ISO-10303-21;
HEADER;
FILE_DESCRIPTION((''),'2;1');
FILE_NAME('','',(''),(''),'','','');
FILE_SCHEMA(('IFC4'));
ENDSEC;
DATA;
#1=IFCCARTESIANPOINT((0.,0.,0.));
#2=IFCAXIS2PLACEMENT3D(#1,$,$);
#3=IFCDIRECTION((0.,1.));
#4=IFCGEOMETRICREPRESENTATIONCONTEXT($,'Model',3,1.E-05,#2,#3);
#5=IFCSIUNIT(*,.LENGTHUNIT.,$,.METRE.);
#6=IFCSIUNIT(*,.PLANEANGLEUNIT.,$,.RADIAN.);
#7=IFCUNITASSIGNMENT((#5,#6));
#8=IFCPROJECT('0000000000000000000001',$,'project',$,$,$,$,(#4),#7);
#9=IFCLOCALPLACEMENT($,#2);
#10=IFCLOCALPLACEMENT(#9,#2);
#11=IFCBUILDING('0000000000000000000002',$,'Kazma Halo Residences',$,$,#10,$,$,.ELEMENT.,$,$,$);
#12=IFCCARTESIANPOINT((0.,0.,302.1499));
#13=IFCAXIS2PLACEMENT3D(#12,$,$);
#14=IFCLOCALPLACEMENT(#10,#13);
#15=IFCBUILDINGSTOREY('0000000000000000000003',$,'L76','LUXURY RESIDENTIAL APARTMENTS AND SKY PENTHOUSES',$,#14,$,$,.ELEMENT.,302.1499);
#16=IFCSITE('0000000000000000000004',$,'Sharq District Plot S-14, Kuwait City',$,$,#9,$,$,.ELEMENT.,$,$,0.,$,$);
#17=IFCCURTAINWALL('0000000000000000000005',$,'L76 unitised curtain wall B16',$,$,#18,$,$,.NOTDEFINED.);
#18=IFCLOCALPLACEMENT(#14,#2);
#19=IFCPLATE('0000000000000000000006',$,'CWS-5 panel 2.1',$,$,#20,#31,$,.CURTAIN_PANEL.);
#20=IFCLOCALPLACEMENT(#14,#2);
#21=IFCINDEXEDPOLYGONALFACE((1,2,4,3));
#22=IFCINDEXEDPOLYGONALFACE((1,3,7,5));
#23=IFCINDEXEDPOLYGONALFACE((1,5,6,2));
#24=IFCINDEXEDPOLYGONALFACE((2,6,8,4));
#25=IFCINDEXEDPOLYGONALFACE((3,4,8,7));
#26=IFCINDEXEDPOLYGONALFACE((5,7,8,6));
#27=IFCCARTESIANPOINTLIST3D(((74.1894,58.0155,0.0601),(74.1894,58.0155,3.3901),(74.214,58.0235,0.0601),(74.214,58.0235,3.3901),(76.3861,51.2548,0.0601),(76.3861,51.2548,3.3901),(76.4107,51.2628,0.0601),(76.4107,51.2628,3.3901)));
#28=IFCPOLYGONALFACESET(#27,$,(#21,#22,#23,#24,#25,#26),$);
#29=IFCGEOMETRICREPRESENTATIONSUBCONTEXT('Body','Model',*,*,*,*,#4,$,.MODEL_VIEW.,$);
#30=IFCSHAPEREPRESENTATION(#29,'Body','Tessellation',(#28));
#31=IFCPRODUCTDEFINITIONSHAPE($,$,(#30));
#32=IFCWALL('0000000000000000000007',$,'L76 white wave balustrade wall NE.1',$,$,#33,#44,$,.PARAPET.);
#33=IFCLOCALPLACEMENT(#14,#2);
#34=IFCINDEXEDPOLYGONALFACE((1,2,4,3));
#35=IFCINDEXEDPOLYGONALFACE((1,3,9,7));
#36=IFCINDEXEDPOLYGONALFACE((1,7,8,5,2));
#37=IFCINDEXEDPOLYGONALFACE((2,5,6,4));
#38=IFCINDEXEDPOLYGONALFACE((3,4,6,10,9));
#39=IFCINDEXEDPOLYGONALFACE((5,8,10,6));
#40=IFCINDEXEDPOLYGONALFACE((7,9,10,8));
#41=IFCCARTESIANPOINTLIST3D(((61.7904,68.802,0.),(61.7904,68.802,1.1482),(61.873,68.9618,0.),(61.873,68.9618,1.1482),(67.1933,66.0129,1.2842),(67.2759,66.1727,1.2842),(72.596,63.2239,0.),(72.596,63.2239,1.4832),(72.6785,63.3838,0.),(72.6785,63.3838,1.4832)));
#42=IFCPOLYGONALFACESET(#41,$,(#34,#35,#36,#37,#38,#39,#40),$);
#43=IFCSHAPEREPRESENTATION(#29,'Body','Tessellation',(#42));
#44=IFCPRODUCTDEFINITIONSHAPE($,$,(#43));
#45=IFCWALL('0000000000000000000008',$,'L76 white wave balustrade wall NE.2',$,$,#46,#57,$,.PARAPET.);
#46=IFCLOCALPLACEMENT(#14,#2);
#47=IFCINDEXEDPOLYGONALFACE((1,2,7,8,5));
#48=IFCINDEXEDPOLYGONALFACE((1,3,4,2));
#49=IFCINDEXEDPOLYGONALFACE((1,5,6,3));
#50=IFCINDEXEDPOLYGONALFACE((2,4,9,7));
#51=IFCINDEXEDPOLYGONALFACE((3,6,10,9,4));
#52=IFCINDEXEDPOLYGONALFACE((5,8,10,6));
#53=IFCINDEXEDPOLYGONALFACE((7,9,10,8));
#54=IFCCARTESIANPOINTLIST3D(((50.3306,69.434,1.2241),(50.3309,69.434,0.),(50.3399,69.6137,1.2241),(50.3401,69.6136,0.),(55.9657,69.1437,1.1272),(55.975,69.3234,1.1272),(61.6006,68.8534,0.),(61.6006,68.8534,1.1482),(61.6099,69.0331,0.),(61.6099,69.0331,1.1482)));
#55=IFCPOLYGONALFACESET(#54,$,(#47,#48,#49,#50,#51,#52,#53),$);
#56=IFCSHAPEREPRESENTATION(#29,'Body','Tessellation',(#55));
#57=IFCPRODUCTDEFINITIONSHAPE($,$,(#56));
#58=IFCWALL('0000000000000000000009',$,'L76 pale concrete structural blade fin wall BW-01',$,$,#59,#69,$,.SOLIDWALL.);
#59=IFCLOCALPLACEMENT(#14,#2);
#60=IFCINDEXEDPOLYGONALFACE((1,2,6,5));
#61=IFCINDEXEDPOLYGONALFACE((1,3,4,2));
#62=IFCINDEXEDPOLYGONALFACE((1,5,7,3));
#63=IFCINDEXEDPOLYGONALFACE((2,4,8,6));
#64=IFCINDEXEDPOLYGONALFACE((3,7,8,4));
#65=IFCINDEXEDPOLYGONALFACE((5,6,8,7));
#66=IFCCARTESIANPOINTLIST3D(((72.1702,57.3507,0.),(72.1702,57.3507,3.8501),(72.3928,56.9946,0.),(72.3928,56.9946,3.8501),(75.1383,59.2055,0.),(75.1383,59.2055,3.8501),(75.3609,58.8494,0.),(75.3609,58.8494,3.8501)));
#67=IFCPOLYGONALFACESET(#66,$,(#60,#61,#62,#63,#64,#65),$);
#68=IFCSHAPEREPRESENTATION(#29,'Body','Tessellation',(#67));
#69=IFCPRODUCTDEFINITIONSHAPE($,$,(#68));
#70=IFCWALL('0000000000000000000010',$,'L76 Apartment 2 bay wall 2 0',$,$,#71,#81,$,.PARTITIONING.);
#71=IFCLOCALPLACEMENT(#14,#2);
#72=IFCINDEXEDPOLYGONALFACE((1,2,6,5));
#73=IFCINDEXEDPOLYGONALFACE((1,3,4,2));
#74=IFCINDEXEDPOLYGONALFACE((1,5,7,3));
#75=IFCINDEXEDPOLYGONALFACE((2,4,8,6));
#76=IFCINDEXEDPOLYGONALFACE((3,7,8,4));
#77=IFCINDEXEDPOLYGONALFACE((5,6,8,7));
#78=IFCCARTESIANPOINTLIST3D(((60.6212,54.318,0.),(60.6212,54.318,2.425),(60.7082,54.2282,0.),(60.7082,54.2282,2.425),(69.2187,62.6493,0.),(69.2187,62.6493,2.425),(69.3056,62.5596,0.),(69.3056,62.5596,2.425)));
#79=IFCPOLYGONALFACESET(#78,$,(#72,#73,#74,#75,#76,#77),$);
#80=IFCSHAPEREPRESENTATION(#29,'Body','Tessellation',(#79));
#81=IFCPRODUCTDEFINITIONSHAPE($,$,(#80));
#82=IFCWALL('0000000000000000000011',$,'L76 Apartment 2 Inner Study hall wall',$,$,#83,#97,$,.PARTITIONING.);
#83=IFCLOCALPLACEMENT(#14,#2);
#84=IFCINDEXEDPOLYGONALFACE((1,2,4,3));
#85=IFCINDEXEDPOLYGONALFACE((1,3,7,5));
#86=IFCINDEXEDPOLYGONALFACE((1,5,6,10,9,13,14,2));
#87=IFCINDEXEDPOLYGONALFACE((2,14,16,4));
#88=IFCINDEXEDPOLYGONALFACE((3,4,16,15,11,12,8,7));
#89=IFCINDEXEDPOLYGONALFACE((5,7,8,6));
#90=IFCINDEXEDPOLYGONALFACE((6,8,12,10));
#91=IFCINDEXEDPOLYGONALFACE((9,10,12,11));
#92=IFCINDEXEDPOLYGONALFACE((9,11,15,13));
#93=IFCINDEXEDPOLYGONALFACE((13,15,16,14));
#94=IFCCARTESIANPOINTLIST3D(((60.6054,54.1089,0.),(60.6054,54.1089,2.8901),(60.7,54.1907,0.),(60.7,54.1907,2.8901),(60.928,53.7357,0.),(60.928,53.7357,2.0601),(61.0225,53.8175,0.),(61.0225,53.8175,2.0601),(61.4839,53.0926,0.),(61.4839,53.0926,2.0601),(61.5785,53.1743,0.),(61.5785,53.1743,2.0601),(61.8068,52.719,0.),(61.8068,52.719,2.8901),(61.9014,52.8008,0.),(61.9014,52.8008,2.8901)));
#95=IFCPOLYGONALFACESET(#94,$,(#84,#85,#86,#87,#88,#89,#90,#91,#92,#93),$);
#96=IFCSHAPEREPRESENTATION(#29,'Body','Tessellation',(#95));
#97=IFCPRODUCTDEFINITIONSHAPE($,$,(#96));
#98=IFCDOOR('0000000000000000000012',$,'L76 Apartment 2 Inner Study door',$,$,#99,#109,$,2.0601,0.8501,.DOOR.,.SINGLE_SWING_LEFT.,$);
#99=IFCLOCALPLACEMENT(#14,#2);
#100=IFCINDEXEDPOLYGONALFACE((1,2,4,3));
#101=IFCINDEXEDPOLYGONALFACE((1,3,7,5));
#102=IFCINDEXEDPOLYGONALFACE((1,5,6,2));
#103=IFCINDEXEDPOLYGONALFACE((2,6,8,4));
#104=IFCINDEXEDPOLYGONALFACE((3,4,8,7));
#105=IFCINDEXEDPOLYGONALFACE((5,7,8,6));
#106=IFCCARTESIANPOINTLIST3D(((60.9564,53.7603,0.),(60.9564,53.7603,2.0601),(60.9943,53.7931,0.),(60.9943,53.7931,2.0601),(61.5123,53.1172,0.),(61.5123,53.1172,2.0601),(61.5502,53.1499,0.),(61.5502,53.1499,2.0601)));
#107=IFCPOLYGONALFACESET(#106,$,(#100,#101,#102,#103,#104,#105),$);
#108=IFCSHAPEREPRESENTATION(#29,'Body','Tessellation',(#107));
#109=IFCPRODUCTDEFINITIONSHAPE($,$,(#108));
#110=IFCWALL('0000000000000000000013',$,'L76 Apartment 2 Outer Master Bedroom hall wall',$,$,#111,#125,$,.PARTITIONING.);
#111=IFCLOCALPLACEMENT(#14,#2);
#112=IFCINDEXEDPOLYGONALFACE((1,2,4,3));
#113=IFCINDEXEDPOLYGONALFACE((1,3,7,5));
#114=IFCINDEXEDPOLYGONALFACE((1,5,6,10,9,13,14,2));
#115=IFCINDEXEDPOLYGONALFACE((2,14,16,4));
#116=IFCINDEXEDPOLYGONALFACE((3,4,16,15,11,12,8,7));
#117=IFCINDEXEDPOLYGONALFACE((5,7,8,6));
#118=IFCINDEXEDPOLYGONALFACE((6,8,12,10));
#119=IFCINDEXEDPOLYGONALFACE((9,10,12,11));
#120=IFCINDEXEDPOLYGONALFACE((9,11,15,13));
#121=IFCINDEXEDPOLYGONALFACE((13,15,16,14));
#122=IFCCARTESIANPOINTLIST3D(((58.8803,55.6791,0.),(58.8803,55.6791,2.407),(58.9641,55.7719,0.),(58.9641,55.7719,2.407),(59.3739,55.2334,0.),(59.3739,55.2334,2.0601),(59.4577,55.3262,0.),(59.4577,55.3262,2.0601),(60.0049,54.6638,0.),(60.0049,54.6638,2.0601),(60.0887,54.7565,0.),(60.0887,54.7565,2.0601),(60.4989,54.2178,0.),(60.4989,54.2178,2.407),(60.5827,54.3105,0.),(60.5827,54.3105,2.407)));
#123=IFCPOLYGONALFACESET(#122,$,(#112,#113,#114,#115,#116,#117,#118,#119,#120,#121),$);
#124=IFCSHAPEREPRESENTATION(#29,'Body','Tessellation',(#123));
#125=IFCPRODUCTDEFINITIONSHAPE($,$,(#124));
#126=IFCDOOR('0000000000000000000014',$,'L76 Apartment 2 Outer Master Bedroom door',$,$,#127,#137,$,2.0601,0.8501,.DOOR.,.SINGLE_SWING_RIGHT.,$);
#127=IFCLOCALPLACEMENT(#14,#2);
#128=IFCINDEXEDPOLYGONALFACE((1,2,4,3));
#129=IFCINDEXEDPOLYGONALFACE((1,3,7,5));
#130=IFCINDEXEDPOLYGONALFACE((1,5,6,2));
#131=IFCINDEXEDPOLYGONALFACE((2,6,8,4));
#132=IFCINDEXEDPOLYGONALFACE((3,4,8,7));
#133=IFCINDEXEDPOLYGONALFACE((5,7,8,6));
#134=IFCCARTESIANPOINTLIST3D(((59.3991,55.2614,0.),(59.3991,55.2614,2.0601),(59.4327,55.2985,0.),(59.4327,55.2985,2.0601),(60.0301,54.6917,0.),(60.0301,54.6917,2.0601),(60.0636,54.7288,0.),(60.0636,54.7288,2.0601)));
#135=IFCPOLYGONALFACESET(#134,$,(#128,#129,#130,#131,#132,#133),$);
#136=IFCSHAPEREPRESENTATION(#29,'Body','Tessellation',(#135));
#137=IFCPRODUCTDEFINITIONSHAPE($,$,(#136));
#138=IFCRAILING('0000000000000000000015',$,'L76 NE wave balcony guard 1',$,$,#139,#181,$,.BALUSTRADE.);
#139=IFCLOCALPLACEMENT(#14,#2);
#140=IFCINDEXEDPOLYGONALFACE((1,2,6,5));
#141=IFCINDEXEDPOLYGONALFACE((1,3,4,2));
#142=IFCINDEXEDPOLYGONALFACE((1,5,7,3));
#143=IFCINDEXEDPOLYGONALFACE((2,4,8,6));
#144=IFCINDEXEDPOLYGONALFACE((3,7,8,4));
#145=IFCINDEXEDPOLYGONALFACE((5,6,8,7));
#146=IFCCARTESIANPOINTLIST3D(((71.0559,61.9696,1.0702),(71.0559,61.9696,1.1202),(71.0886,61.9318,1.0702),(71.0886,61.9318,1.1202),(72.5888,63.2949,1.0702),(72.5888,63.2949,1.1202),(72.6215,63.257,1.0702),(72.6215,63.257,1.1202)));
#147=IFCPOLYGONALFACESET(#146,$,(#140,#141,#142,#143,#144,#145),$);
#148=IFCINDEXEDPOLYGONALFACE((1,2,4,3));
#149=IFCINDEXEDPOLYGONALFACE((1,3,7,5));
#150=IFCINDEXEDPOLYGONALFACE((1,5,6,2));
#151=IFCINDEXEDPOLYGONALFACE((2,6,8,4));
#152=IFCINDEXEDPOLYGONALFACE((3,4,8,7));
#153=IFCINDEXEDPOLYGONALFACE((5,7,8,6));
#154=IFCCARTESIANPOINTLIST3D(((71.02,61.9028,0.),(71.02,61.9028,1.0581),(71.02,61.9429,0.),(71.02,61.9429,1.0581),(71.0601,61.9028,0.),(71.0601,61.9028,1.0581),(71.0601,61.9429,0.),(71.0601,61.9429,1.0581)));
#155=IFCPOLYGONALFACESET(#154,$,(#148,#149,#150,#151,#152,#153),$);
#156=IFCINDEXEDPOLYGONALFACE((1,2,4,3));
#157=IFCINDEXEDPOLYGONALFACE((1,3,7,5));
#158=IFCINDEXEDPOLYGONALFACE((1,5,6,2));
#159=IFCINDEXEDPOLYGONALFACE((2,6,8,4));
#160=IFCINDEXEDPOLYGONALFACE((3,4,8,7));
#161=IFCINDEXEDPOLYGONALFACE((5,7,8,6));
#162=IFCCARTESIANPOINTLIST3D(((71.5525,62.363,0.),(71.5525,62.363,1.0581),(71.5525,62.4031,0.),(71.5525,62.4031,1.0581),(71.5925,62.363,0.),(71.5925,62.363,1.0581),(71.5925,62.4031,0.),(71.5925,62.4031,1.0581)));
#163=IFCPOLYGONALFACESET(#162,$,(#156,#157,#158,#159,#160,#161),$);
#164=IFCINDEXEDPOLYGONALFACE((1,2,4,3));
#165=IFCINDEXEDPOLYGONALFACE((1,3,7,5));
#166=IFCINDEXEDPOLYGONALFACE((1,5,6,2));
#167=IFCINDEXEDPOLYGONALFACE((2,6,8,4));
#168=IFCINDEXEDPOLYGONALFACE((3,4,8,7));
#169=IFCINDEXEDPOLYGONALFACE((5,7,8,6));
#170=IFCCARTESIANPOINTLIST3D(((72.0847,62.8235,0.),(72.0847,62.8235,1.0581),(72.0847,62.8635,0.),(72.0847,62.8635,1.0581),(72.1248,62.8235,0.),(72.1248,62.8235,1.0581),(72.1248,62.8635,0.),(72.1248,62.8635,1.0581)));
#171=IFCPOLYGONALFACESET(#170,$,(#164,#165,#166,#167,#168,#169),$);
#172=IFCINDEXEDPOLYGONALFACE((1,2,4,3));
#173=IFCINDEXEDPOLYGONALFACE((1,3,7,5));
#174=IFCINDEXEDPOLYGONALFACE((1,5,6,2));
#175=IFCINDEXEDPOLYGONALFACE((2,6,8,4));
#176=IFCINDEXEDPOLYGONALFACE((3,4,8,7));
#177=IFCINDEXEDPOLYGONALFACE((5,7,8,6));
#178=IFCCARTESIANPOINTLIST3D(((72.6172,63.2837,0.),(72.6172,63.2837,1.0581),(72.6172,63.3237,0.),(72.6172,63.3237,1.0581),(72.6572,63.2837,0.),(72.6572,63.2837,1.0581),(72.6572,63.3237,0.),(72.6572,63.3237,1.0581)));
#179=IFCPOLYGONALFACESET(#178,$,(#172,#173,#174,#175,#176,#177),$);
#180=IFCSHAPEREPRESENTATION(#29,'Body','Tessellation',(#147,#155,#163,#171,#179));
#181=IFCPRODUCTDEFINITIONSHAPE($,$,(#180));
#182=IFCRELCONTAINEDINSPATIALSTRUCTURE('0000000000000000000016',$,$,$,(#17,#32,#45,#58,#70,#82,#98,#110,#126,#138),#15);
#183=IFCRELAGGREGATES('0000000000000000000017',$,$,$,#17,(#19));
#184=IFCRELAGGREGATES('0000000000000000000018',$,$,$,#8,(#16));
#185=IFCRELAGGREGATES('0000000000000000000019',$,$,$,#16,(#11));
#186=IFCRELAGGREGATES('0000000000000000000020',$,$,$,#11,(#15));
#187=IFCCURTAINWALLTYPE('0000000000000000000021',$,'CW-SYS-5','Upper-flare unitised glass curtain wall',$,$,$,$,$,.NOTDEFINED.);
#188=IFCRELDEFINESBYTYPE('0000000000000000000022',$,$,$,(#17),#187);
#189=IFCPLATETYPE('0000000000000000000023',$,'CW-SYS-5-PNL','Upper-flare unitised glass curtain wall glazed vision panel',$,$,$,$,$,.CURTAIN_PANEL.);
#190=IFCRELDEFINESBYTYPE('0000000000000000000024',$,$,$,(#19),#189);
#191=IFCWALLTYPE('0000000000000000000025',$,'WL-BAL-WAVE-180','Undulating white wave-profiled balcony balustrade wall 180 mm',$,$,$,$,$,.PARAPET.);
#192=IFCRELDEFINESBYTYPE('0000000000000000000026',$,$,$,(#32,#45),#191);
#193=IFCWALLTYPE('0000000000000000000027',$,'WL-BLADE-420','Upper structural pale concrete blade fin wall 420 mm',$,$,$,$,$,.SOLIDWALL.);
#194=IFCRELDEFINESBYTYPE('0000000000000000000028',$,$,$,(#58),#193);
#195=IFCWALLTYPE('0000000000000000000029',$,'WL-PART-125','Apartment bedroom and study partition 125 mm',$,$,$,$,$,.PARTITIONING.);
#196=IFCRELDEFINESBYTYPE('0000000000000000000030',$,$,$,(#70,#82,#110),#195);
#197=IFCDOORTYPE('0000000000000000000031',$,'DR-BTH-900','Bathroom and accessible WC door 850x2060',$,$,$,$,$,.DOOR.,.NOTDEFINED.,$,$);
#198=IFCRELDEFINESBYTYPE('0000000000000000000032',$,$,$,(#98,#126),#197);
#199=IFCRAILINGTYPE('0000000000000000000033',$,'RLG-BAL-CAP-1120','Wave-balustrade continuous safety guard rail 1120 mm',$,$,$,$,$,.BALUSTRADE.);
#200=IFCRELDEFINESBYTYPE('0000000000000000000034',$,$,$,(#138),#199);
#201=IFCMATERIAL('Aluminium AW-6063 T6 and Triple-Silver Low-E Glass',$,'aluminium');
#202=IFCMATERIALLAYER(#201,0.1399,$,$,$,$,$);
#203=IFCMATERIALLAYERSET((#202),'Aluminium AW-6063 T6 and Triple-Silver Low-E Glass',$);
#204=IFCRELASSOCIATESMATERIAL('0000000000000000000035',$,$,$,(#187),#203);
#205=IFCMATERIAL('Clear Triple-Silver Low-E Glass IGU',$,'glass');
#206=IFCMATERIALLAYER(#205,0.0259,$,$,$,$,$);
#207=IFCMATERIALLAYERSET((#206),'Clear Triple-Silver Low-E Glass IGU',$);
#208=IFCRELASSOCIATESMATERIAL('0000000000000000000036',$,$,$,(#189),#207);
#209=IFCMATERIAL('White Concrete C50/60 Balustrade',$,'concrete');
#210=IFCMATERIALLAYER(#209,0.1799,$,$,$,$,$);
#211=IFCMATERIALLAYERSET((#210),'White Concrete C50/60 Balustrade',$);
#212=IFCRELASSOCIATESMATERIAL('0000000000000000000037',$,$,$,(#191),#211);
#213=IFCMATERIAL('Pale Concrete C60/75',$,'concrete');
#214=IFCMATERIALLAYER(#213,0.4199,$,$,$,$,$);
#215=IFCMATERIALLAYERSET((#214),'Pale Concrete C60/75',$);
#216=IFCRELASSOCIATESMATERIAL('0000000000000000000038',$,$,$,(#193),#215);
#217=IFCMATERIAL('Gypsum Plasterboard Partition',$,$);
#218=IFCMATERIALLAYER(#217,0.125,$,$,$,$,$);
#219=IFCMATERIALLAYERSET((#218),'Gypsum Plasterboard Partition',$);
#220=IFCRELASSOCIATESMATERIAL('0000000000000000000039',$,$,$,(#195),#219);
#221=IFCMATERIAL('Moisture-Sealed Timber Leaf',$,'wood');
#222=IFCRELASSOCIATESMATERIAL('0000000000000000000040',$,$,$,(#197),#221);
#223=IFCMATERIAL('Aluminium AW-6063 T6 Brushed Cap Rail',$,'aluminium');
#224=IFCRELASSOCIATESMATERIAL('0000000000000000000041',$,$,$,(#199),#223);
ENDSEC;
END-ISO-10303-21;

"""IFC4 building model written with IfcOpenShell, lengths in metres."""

from ifc_helpers import new_model, si_unit, direction, frame, frame_2d, origin, origin_2d, place, context, subcontext, project, spatial, polyline, rectangle, outline, extrude, material, layer, layer_set, type_object, element, fill, aggregate, save


model = new_model("IFC4")

# Units and contexts
model_context = context("Model", 3, precision=1e-05, world=origin(), true_north=direction((0.0, 1.0)))
body_context = subcontext(model_context, "Body", "Model", "MODEL_VIEW")
ifc_project = project(units=[si_unit("LENGTHUNIT", "METRE"), si_unit("PLANEANGLEUNIT", "RADIAN")], contexts=[model_context])

# Site, building, storey
site_placement = place(None, origin())
site = spatial("IfcSite", under=ifc_project, at=site_placement, Name="Sharq District Plot S-14, Kuwait City", CompositionType="ELEMENT", RefElevation=0.0)
building_placement = place(site_placement, origin())
building = spatial("IfcBuilding", under=site, at=building_placement, Name="Kazma Halo Residences", CompositionType="ELEMENT")
storey_placement = place(building_placement, frame((0.0, 0.0, 302.1499)))
storey = spatial("IfcBuildingStorey", under=building, at=storey_placement, Name="L76", Description="LUXURY RESIDENTIAL APARTMENTS AND SKY PENTHOUSES", CompositionType="ELEMENT", Elevation=302.1499)

# Shared definitions
ifc_material_1 = material(Name="Aluminium AW-6063 T6 and Triple-Silver Low-E Glass", Category="aluminium")
ifc_layer_1 = layer(ifc_material_1, 0.1399)
ifc_layer_set_1 = layer_set([ifc_layer_1], Name="Aluminium AW-6063 T6 and Triple-Silver Low-E Glass")
curtain_wall_type = type_object("IfcCurtainWallType", Name="CW-SYS-5", Description="Upper-flare unitised glass curtain wall", PredefinedType="NOTDEFINED", material=ifc_layer_set_1)

# Curtain wall
curtain_wall_1_placement = place(storey_placement, origin())
curtain_wall_1 = element("IfcCurtainWall", 1, at=curtain_wall_1_placement, inside=storey, type_object=curtain_wall_type, Name="L76 unitised curtain wall B16", PredefinedType="NOTDEFINED")

# Plate
ifc_material_2 = material(Name="Clear Triple-Silver Low-E Glass IGU", Category="glass")
ifc_layer_2 = layer(ifc_material_2, 0.0259)
ifc_layer_set_2 = layer_set([ifc_layer_2], Name="Clear Triple-Silver Low-E Glass IGU")
plate_type = type_object("IfcPlateType", Name="CW-SYS-5-PNL", Description="Upper-flare unitised glass curtain wall glazed vision panel", PredefinedType="CURTAIN_PANEL", material=ifc_layer_set_2)
plate_1_placement = place(storey_placement, frame((75.3, 54.6392, 0.0601), z_axis=(0.0, 0.0, 1.0), x_axis=(-0.309011, 0.951058, 0.0)))
plate_1 = element("IfcPlate", 2, at=plate_1_placement, type_object=plate_type, Name="CWS-5 panel 2.1", PredefinedType="CURTAIN_PANEL", context=body_context, shape_type="SweptSolid", body=[
    extrude(rectangle(XDim=7.1086, YDim=0.0259, at=origin_2d()), origin(), (0.0, 0.0, 1.0), 3.3301),
])
aggregate(curtain_wall_1, [plate_1])

# Walls
ifc_material_3 = material(Name="White Concrete C50/60 Balustrade", Category="concrete")
ifc_layer_3 = layer(ifc_material_3, 0.1799)
ifc_layer_set_3 = layer_set([ifc_layer_3], Name="White Concrete C50/60 Balustrade")
wall_type_1 = type_object("IfcWallType", Name="WL-BAL-WAVE-180", Description="Undulating white wave-profiled balcony balustrade wall 180 mm", PredefinedType="PARAPET", material=ifc_layer_set_3)
wall_1_placement = place(storey_placement, frame((72.6372, 63.3037, 0.0), z_axis=(0.0, 0.0, 1.0), x_axis=(-0.888587, 0.458708, 0.0)))
element("IfcWall", 3, at=wall_1_placement, inside=storey, type_object=wall_type_1, Name="L76 white wave balustrade wall NE.1", PredefinedType="PARAPET", context=body_context, shape_type="SweptSolid", body=[
    extrude(outline(polyline([(0.0, 0.0), (12.1604, 0.0), (12.1604, 1.1482), (6.0801, 1.2842), (0.0, 1.4832), (0.0, 0.0)])), frame((0.0, 0.0898, 0.0), z_axis=(0.0, -1.0, 0.0), x_axis=(1.0, 0.0, 0.0)), (0.0, 0.0, 1.0), 0.1799),
])
wall_2_placement = place(storey_placement, frame((61.6052, 68.9431, 0.0), z_axis=(0.0, 0.0, 1.0), x_axis=(-0.998676, 0.051447, 0.0)))
element("IfcWall", 4, at=wall_2_placement, inside=storey, type_object=wall_type_1, Name="L76 white wave balustrade wall NE.2", PredefinedType="PARAPET", context=body_context, shape_type="SweptSolid", body=[
    extrude(outline(polyline([(0.0, 0.0), (11.2847, 0.0), (11.2849, 1.2241), (5.6423, 1.1272), (0.0, 1.1482), (0.0, 0.0)])), frame((0.0, 0.0898, 0.0), z_axis=(0.0, -1.0, 0.0), x_axis=(1.0, 0.0, 0.0)), (0.0, 0.0, 1.0), 0.1799),
])
ifc_material_4 = material(Name="Pale Concrete C60/75", Category="concrete")
ifc_layer_4 = layer(ifc_material_4, 0.4199)
ifc_layer_set_4 = layer_set([ifc_layer_4], Name="Pale Concrete C60/75")
wall_type_2 = type_object("IfcWallType", Name="WL-BLADE-420", Description="Upper structural pale concrete blade fin wall 420 mm", PredefinedType="SOLIDWALL", material=ifc_layer_set_4)
wall_3_placement = place(storey_placement, frame((72.2815, 57.1726, 0.0), z_axis=(0.0, 0.0, 1.0), x_axis=(0.848034, 0.529943, 0.0)))
element("IfcWall", 5, at=wall_3_placement, inside=storey, type_object=wall_type_2, Name="L76 pale concrete structural blade fin wall BW-01", PredefinedType="SOLIDWALL", context=body_context, shape_type="SweptSolid", body=[
    extrude(rectangle(XDim=3.5, YDim=0.4199, at=frame_2d((1.75, 0.0))), origin(), (0.0, 0.0, 1.0), 3.8501),
])

# Wall
ifc_material_5 = material(Name="Gypsum Plasterboard Partition")
ifc_layer_5 = layer(ifc_material_5, 0.125)
ifc_layer_set_5 = layer_set([ifc_layer_5], Name="Gypsum Plasterboard Partition")
wall_type_3 = type_object("IfcWallType", Name="WL-PART-125", Description="Apartment bedroom and study partition 125 mm", PredefinedType="PARTITIONING", material=ifc_layer_set_5)
wall_4_placement = place(storey_placement, frame((60.6648, 54.2732, 0.0), z_axis=(0.0, 0.0, 1.0), x_axis=(0.718134, 0.695905, 0.0)))
element("IfcWall", 6, at=wall_4_placement, inside=storey, type_object=wall_type_3, Name="L76 Apartment 2 bay wall 2 0", PredefinedType="PARTITIONING", context=body_context, shape_type="SweptSolid", body=[
    extrude(rectangle(XDim=11.9719, YDim=0.125, at=frame_2d((5.9858, 0.0))), origin(), (0.0, 0.0, 1.0), 2.425),
])

# Walls, openings, doors
wall_5_placement = place(storey_placement, frame((61.854, 52.76, 0.0), z_axis=(0.0, 0.0, 1.0), x_axis=(-0.653948, 0.756539, 0.0)))
wall_5 = element("IfcWall", 7, at=wall_5_placement, inside=storey, type_object=wall_type_3, Name="L76 Apartment 2 Inner Study hall wall", PredefinedType="PARTITIONING", context=body_context, shape_type="SweptSolid", body=[
    extrude(rectangle(XDim=1.8372, YDim=0.125, at=frame_2d((0.9185, 0.0))), origin(), (0.0, 0.0, 1.0), 2.8901),
])
opening_1_placement = place(wall_5_placement, frame((0.4937, 0.0, 0.0)))
opening_1 = element("IfcOpeningElement", 8, at=opening_1_placement, cuts=wall_5, PredefinedType="OPENING", context=body_context, shape_type="SweptSolid", body=[
    extrude(rectangle(XDim=0.8501, YDim=2.0601, at=frame_2d((0.425, 1.03))), frame((0.0, 0.0725, 0.0), z_axis=(0.0, -1.0, 0.0), x_axis=(1.0, 0.0, 0.0)), (0.0, 0.0, 1.0), 0.145),
])
ifc_material_6 = material(Name="Moisture-Sealed Timber Leaf", Category="wood")
door_type_1 = type_object("IfcDoorType", Name="DR-BTH-900", Description="Bathroom and accessible WC door 850x2060", OperationType="NOTDEFINED", PredefinedType="DOOR", material=ifc_material_6)
door_1_placement = place(opening_1_placement, origin())
door_1 = element("IfcDoor", 9, at=door_1_placement, inside=storey, type_object=door_type_1, Name="L76 Apartment 2 Inner Study door", OperationType="SINGLE_SWING_LEFT", OverallHeight=2.0601, OverallWidth=0.8501, PredefinedType="DOOR", context=body_context, shape_type="SweptSolid", body=[
    extrude(rectangle(XDim=0.8501, YDim=2.0601, at=frame_2d((0.425, 1.03))), frame((0.0, 0.0249, 0.0), z_axis=(0.0, -1.0, 0.0), x_axis=(1.0, 0.0, 0.0)), (0.0, 0.0, 1.0), 0.05),
])
fill(opening_1, door_1)
wall_6_placement = place(storey_placement, frame((60.5408, 54.2642, 0.0), z_axis=(0.0, 0.0, 1.0), x_axis=(-0.742236, 0.670139, 0.0)))
wall_6 = element("IfcWall", 10, at=wall_6_placement, inside=storey, type_object=wall_type_3, Name="L76 Apartment 2 Outer Master Bedroom hall wall", PredefinedType="PARTITIONING", context=body_context, shape_type="SweptSolid", body=[
    extrude(rectangle(XDim=2.1807, YDim=0.125, at=frame_2d((1.0903, 0.0))), origin(), (0.0, 0.0, 1.0), 2.407),
])
opening_2_placement = place(wall_6_placement, frame((0.6655, 0.0, 0.0)))
opening_2 = element("IfcOpeningElement", 11, at=opening_2_placement, cuts=wall_6, PredefinedType="OPENING", context=body_context, shape_type="SweptSolid", body=[
    extrude(rectangle(XDim=0.8501, YDim=2.0601, at=frame_2d((0.425, 1.03))), frame((0.0, 0.0725, 0.0), z_axis=(0.0, -1.0, 0.0), x_axis=(1.0, 0.0, 0.0)), (0.0, 0.0, 1.0), 0.145),
])
door_2_placement = place(opening_2_placement, origin())
door_2 = element("IfcDoor", 12, at=door_2_placement, inside=storey, type_object=door_type_1, Name="L76 Apartment 2 Outer Master Bedroom door", OperationType="SINGLE_SWING_RIGHT", OverallHeight=2.0601, OverallWidth=0.8501, PredefinedType="DOOR", context=body_context, shape_type="SweptSolid", body=[
    extrude(rectangle(XDim=0.8501, YDim=2.0601, at=frame_2d((0.425, 1.03))), frame((0.0, 0.0249, 0.0), z_axis=(0.0, -1.0, 0.0), x_axis=(1.0, 0.0, 0.0)), (0.0, 0.0, 1.0), 0.05),
])
fill(opening_2, door_2)

# Railing
ifc_material_7 = material(Name="Aluminium AW-6063 T6 Brushed Cap Rail", Category="aluminium")
railing_type = type_object("IfcRailingType", Name="RLG-BAL-CAP-1120", Description="Wave-balustrade continuous safety guard rail 1120 mm", PredefinedType="BALUSTRADE", material=ifc_material_7)
railing_1_placement = place(storey_placement, frame((71.04, 61.9229, 0.0)))
element("IfcRailing", 13, at=railing_1_placement, inside=storey, type_object=railing_type, Name="L76 NE wave balcony guard 1", PredefinedType="BALUSTRADE", context=body_context, shape_type="SweptSolid", body=[
    extrude(rectangle(XDim=0.05, YDim=0.05, at=origin_2d()), frame((0.0322, 0.0278, 1.0952), z_axis=(0.756474, 0.654023, 0.0), x_axis=(-0.654023, 0.756474, 0.0)), (0.0, 0.0, 1.0), 2.0264),
    extrude(rectangle(XDim=0.04, YDim=0.04, at=origin_2d()), origin(), (0.0, 0.0, 1.0), 1.0581),
    extrude(rectangle(XDim=0.04, YDim=0.04, at=origin_2d()), frame((0.5325, 0.4602, 0.0)), (0.0, 0.0, 1.0), 1.0581),
    extrude(rectangle(XDim=0.04, YDim=0.04, at=origin_2d()), frame((1.0647, 0.9207, 0.0)), (0.0, 0.0, 1.0), 1.0581),
    extrude(rectangle(XDim=0.04, YDim=0.04, at=origin_2d()), frame((1.5972, 1.3809, 0.0)), (0.0, 0.0, 1.0), 1.0581),
])

save(model, "model.ifc")
